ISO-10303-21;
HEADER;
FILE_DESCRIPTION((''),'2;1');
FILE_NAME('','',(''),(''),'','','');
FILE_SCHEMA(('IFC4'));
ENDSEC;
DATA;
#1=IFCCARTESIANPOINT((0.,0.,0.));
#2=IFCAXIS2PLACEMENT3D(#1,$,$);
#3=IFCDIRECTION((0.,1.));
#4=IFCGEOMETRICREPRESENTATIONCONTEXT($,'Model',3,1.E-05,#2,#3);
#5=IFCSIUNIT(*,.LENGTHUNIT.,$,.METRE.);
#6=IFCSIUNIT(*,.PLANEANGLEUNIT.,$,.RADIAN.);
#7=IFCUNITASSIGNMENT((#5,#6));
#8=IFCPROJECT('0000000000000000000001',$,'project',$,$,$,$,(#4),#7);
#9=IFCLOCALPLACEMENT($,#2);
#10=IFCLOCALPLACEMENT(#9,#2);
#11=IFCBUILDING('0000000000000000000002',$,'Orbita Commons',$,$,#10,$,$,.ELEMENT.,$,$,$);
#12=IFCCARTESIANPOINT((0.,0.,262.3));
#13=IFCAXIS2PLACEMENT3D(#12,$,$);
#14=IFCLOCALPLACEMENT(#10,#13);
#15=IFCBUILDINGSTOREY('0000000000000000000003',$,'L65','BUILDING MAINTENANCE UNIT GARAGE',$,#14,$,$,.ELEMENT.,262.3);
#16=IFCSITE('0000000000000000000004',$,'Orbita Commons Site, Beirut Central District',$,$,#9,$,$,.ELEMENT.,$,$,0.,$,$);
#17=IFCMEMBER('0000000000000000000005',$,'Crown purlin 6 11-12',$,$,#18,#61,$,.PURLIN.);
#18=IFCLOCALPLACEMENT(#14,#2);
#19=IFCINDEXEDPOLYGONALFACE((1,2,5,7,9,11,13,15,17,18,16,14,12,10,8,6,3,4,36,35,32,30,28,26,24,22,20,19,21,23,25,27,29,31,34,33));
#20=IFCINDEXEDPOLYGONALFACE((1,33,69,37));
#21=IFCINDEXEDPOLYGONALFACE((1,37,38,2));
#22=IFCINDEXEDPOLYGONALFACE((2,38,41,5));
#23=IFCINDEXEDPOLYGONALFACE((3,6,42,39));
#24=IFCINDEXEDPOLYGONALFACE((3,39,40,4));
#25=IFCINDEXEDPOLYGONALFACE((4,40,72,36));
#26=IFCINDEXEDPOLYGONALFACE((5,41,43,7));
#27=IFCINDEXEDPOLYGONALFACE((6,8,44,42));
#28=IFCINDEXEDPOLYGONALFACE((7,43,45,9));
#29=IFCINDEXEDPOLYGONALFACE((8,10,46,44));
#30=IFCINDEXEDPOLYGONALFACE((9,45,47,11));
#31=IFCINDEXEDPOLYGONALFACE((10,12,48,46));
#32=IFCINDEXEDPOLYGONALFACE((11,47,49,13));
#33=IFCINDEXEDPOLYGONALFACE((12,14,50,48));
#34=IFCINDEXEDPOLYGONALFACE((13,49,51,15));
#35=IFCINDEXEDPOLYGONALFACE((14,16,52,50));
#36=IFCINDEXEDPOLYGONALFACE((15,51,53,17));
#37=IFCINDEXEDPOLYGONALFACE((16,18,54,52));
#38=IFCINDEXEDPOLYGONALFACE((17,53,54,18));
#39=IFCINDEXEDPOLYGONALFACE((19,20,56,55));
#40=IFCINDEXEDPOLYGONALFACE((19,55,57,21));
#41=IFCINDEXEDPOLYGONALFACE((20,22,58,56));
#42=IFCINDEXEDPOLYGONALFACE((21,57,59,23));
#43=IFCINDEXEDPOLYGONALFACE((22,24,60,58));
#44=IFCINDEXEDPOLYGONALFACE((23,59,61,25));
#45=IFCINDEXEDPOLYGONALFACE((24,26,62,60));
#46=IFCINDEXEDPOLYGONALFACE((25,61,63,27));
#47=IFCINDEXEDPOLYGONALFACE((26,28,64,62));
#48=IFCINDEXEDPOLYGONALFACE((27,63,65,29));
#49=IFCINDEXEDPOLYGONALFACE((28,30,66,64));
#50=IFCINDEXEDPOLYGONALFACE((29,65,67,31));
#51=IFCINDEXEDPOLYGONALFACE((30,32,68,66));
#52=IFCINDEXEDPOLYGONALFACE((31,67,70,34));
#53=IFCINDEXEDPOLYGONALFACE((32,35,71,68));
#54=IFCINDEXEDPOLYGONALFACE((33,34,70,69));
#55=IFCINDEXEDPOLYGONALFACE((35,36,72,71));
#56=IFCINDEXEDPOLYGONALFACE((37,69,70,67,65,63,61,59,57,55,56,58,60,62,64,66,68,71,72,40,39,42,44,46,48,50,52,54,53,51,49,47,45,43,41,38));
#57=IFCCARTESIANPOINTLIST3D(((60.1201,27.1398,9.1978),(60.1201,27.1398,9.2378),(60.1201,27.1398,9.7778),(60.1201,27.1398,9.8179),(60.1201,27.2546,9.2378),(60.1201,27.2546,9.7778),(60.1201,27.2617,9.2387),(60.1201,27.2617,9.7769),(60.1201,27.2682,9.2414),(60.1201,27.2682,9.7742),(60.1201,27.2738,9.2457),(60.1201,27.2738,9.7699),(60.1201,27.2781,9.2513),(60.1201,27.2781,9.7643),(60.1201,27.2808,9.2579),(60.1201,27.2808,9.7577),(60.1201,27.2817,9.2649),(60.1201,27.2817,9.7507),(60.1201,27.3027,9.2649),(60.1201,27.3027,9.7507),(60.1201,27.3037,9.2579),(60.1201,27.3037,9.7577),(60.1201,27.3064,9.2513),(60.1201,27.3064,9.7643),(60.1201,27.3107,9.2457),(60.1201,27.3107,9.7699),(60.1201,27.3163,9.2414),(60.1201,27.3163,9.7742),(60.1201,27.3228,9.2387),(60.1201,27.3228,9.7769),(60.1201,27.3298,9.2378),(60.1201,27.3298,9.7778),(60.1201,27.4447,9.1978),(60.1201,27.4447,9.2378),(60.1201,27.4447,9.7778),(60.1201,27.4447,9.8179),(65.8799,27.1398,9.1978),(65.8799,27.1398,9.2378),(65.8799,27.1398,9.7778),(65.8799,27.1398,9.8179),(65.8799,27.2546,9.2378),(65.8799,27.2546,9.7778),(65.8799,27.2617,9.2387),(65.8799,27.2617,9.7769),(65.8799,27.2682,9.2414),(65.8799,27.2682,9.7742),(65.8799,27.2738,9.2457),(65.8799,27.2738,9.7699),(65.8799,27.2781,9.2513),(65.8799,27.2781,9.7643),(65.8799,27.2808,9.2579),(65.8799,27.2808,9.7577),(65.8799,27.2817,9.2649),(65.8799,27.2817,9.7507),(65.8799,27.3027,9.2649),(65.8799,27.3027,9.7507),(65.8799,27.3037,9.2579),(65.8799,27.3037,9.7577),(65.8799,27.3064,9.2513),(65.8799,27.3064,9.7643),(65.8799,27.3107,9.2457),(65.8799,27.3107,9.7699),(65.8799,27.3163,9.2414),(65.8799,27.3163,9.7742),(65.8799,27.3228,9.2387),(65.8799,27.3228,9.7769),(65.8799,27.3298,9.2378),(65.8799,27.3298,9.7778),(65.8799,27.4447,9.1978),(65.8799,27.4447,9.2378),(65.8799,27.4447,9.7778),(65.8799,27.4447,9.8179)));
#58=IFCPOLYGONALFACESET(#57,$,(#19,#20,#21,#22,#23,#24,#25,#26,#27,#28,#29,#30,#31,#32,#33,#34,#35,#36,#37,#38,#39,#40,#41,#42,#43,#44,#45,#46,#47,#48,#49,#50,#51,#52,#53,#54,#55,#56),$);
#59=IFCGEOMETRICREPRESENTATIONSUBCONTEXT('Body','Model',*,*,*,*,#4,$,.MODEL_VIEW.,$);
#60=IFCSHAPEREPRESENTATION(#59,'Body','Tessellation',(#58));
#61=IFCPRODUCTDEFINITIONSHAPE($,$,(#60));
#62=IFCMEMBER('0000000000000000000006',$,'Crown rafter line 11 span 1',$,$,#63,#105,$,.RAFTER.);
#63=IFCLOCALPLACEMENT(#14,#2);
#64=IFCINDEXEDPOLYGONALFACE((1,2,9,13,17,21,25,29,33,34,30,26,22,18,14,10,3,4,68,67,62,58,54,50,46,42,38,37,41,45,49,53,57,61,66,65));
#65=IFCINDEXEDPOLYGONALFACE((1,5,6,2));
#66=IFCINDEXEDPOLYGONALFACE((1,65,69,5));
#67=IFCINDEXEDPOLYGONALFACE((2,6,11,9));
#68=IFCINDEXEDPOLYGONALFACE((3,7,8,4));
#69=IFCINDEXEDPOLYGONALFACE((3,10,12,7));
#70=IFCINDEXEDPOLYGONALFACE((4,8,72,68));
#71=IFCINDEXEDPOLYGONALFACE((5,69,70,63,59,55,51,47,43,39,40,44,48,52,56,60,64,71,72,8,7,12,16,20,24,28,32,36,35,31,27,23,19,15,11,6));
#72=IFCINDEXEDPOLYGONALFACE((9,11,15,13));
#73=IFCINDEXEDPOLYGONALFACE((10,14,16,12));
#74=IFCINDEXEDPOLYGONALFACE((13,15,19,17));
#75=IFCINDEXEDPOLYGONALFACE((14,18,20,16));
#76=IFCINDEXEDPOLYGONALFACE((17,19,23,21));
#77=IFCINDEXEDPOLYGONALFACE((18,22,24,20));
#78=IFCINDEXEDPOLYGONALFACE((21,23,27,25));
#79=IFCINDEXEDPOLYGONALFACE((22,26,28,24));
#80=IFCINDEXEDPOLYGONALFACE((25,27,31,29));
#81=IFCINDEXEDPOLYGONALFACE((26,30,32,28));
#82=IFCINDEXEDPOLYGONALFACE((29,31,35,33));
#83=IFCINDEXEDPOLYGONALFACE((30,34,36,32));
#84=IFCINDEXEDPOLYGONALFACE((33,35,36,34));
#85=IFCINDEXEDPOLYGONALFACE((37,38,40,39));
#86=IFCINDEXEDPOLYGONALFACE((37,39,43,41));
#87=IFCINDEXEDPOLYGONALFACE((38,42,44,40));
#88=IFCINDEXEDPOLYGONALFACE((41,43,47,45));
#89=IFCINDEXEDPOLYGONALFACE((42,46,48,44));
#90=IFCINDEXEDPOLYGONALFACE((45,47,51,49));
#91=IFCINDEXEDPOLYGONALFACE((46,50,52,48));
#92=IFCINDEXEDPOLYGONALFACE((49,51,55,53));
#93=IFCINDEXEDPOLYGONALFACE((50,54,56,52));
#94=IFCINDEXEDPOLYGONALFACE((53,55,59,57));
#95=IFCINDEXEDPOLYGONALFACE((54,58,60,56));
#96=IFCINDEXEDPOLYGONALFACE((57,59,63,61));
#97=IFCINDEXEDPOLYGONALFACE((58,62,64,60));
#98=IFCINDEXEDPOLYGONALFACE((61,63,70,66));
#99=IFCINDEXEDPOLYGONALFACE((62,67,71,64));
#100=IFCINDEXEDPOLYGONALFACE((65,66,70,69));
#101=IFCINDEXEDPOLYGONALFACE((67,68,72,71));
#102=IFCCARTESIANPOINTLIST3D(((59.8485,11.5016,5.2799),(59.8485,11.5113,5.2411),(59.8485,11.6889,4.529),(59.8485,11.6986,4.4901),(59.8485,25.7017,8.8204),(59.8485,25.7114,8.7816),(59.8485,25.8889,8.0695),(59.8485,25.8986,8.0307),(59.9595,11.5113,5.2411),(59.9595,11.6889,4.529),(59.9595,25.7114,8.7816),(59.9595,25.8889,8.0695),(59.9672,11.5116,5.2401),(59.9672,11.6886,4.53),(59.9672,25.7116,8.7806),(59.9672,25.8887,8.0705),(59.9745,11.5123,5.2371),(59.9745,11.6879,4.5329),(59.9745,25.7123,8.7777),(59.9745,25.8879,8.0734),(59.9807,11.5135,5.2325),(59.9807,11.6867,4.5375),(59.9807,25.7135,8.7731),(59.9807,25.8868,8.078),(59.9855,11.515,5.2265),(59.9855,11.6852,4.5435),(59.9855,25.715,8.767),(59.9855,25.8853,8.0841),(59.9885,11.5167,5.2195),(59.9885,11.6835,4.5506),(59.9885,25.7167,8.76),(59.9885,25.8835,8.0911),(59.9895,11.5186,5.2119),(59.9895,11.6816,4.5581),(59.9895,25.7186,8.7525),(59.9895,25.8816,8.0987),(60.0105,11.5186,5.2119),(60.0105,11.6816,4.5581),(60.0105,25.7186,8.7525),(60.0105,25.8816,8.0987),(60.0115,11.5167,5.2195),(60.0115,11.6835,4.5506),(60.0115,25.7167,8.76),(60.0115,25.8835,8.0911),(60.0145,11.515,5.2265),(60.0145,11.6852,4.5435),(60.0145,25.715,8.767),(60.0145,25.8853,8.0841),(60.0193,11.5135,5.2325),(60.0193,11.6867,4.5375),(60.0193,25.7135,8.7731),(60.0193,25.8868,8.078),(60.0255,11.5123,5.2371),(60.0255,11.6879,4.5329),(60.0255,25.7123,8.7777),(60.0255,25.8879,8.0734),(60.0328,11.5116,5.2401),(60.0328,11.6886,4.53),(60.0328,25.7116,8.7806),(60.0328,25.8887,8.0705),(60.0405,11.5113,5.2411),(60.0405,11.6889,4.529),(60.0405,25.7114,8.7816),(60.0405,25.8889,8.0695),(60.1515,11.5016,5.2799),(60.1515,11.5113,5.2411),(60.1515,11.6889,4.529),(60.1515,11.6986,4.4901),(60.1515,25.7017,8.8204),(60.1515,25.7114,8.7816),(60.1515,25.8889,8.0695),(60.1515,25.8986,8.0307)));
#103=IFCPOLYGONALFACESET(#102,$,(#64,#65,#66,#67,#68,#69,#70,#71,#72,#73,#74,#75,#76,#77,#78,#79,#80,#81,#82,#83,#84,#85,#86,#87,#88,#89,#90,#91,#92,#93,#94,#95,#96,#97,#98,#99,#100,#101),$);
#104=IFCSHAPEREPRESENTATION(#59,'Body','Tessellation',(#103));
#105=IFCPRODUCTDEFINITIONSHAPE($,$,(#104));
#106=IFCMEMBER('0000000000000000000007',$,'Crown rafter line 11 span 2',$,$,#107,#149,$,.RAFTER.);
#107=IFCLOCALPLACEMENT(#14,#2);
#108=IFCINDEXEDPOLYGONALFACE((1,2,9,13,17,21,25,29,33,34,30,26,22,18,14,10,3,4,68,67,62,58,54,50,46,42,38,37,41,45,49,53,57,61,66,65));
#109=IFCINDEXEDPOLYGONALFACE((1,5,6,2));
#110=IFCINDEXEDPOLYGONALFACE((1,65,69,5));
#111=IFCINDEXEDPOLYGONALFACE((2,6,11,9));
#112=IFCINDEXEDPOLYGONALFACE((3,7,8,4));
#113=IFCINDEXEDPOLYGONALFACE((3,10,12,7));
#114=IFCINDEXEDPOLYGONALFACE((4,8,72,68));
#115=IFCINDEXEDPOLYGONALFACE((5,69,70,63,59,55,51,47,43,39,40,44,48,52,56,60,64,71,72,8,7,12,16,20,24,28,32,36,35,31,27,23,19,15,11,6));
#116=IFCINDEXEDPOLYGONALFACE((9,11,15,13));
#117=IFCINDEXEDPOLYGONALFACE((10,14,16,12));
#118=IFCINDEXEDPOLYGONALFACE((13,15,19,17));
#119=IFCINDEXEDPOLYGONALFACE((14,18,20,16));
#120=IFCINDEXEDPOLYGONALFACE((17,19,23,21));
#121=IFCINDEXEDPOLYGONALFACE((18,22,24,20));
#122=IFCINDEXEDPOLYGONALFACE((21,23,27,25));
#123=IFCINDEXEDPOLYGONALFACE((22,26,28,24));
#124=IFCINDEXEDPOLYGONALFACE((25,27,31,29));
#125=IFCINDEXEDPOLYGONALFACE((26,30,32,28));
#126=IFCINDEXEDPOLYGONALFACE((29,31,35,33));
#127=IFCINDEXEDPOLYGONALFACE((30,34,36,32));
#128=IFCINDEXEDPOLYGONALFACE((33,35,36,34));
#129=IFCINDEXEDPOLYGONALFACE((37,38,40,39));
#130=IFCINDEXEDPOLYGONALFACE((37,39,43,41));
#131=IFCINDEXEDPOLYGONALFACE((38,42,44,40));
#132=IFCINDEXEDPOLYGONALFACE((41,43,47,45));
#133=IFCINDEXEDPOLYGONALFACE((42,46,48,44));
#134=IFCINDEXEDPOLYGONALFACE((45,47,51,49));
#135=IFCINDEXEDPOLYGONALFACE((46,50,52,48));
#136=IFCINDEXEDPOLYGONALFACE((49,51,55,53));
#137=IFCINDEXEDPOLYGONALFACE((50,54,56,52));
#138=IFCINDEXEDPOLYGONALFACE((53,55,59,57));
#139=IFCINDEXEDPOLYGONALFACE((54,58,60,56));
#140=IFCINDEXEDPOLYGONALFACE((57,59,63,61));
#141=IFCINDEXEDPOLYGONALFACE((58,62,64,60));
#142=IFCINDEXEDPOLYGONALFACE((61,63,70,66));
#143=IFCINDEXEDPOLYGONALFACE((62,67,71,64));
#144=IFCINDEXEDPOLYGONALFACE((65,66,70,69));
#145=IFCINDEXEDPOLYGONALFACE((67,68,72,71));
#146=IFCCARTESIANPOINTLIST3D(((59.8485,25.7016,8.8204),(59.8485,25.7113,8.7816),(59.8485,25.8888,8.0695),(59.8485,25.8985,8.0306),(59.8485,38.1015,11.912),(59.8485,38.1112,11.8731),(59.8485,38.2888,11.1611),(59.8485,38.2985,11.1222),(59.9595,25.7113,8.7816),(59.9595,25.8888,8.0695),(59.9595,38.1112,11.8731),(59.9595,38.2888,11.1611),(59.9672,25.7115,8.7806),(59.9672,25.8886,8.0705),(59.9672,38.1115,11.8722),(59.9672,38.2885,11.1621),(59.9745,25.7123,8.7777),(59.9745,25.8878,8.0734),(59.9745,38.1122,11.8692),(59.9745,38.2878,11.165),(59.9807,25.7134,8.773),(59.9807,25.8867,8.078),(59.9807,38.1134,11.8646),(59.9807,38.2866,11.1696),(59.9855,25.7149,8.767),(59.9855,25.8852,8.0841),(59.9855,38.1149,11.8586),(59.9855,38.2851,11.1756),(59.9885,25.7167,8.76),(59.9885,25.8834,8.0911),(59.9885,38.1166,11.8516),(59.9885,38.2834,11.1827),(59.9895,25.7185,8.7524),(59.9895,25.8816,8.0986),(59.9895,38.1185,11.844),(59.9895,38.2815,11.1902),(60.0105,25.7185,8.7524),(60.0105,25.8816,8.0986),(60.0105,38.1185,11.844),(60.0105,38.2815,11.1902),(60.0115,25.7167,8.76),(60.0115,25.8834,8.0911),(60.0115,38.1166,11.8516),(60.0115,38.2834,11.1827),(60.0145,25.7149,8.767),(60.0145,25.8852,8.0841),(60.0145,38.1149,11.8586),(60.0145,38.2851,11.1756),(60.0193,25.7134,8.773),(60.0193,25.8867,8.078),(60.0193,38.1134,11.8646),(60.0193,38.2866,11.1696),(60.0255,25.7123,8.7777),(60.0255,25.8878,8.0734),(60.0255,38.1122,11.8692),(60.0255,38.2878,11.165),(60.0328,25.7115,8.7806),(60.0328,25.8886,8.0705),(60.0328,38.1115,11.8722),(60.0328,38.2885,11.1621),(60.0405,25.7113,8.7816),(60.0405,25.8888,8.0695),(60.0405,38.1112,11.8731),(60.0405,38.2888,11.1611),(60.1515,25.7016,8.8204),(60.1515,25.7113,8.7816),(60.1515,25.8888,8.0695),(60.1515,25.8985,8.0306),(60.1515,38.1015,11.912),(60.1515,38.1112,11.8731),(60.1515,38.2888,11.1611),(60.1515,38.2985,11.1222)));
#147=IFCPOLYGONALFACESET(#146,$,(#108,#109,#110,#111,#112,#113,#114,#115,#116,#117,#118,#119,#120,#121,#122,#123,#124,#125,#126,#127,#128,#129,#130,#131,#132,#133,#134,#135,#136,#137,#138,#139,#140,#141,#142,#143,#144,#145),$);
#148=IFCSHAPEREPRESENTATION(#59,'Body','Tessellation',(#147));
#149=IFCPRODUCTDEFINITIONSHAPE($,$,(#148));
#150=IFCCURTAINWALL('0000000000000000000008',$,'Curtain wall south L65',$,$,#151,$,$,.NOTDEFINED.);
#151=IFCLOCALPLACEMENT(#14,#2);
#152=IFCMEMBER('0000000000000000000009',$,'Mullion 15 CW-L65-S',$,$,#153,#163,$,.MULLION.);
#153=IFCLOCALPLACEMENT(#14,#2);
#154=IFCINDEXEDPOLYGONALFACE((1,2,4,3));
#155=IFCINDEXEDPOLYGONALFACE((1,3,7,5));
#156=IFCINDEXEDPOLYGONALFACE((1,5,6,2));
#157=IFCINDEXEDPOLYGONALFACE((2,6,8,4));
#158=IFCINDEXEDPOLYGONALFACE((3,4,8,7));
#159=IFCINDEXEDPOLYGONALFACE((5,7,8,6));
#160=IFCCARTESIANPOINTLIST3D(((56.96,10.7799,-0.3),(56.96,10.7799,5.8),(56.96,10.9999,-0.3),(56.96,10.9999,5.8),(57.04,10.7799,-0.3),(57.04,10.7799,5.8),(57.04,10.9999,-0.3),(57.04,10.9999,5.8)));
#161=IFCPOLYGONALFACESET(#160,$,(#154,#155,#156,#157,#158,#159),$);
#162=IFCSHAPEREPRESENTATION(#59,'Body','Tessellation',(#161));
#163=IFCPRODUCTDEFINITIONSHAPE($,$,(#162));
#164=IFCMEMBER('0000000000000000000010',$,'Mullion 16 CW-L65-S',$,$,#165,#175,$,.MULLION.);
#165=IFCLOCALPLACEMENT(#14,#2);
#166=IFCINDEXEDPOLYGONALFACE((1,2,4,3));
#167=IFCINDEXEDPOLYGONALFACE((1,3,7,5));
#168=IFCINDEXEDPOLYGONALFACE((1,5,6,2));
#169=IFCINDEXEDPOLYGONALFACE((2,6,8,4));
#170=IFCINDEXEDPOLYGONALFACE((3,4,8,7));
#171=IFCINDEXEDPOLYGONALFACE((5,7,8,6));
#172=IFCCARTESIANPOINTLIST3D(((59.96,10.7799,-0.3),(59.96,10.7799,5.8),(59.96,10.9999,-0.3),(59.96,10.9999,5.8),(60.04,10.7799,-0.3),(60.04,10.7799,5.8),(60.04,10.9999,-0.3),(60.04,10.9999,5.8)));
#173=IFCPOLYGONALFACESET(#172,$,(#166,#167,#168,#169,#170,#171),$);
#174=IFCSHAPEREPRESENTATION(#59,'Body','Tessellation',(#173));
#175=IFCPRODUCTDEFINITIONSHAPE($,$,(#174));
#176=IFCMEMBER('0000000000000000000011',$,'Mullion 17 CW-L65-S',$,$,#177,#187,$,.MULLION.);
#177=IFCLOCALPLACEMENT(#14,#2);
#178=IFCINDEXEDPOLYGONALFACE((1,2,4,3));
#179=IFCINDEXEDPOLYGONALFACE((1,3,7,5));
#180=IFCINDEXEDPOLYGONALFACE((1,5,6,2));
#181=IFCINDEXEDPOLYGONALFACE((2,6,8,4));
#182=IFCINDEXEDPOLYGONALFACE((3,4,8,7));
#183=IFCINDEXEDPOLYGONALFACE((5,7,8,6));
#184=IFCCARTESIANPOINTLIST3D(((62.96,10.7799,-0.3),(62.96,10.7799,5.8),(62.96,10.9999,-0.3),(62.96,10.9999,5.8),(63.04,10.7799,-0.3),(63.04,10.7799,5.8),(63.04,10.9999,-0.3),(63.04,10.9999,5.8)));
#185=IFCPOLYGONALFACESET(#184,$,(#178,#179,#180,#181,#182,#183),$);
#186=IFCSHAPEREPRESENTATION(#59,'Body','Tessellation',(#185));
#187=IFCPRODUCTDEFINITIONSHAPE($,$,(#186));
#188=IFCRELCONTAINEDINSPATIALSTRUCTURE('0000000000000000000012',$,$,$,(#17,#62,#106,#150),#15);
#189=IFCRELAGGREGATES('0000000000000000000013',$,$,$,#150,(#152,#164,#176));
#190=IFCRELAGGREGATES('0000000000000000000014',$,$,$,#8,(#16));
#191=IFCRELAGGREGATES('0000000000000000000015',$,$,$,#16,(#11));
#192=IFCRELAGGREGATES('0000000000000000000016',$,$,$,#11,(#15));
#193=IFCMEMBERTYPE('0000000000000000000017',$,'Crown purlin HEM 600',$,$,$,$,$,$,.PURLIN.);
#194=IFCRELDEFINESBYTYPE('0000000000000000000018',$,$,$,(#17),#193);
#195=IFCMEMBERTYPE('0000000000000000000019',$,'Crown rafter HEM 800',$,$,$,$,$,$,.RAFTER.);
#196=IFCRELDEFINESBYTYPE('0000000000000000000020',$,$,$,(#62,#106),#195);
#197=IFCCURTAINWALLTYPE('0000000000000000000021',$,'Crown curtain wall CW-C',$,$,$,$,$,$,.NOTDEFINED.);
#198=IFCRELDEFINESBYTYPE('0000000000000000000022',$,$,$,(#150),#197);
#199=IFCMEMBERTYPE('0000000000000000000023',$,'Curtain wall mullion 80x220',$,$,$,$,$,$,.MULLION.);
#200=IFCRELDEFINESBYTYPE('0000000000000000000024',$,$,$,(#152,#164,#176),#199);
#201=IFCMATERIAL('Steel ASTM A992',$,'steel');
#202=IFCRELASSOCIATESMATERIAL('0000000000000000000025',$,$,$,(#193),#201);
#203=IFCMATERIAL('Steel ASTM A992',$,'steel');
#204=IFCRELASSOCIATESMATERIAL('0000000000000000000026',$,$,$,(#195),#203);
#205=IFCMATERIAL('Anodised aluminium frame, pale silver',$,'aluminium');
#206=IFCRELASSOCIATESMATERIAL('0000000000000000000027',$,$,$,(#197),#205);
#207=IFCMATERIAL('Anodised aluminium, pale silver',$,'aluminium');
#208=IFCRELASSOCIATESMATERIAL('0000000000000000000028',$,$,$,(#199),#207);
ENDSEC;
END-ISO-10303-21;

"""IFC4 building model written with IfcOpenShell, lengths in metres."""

from ifc_helpers import new_model, si_unit, direction, frame, origin, origin_2d, place, context, subcontext, project, spatial, rectangle, i_section, extrude, material, material_profile, profile_set, type_object, element, aggregate, save


model = new_model("IFC4")

# Units and contexts
model_context = context("Model", 3, precision=1e-05, world=origin(), true_north=direction((0.0, 1.0)))
body_context = subcontext(model_context, "Body", "Model", "MODEL_VIEW")
ifc_project = project(units=[si_unit("LENGTHUNIT", "METRE"), si_unit("PLANEANGLEUNIT", "RADIAN")], contexts=[model_context])

# Site, building, storey
site_placement = place(None, origin())
site = spatial("IfcSite", under=ifc_project, at=site_placement, Name="Orbita Commons Site, Beirut Central District", CompositionType="ELEMENT", RefElevation=0.0)
building_placement = place(site_placement, origin())
building = spatial("IfcBuilding", under=site, at=building_placement, Name="Orbita Commons", CompositionType="ELEMENT")
storey_placement = place(building_placement, frame((0.0, 0.0, 262.3)))
storey = spatial("IfcBuildingStorey", under=building, at=storey_placement, Name="L65", Description="BUILDING MAINTENANCE UNIT GARAGE", CompositionType="ELEMENT", Elevation=262.3)

# Members
ifc_material_1 = material(Name="Steel ASTM A992", Category="steel")
ifc_material_profile_1 = material_profile(ifc_material_1, i_section(OverallWidth=0.3049, OverallDepth=0.6201, WebThickness=0.021, FlangeThickness=0.04, FilletRadius=0.0271, at=origin_2d()), Name="HEM 600")
ifc_profile_set_1 = profile_set([ifc_material_profile_1], Name="Steel ASTM A992")
member_type_1 = type_object("IfcMemberType", Name="Crown purlin HEM 600", PredefinedType="PURLIN", material=ifc_profile_set_1)
for number, where, z_axis, x_axis, name in (
    (1, (60.1201, 27.2922, 9.5078), (1.0, 0.0, 0.0), (0.0, 1.0, 0.0), "Crown purlin 6 11-12"),
):
    element("IfcMember", number, at=place(storey_placement, frame(where, z_axis=z_axis, x_axis=x_axis)), inside=storey, type_object=member_type_1, Name=name, PredefinedType="PURLIN", context=body_context, shape_type="SweptSolid", body=[
        extrude(i_section(OverallWidth=0.3049, OverallDepth=0.6201, WebThickness=0.021, FlangeThickness=0.04, FilletRadius=0.0271, at=origin_2d()), origin(), (0.0, 0.0, 1.0), 5.7598),
    ])
ifc_material_2 = material(Name="Steel ASTM A992", Category="steel")
ifc_material_profile_2 = material_profile(ifc_material_2, i_section(OverallWidth=0.303, OverallDepth=0.814, WebThickness=0.021, FlangeThickness=0.04, FilletRadius=0.03, at=origin_2d()), Name="HEM 800")
ifc_profile_set_2 = profile_set([ifc_material_profile_2], Name="Steel ASTM A992")
member_type_2 = type_object("IfcMemberType", Name="Crown rafter HEM 800", PredefinedType="RAFTER", material=ifc_profile_set_2)
member_1_placement = place(storey_placement, frame((60.0, 11.6001, 4.885), z_axis=(0.0, 0.970294, 0.241927), x_axis=(-1.0, 0.0, 0.0)))
element("IfcMember", 2, at=member_1_placement, inside=storey, type_object=member_type_2, Name="Crown rafter line 11 span 1", PredefinedType="RAFTER", context=body_context, shape_type="SweptSolid", body=[
    extrude(i_section(OverallWidth=0.303, OverallDepth=0.814, WebThickness=0.021, FlangeThickness=0.04, FilletRadius=0.03, at=origin_2d()), origin(), (0.0, 0.0, 1.0), 14.6348),
])
member_2_placement = place(storey_placement, frame((60.0, 25.8, 8.4255), z_axis=(0.0, 0.970297, 0.241915), x_axis=(-1.0, 0.0, 0.0)))
element("IfcMember", 3, at=member_2_placement, inside=storey, type_object=member_type_2, Name="Crown rafter line 11 span 2", PredefinedType="RAFTER", context=body_context, shape_type="SweptSolid", body=[
    extrude(i_section(OverallWidth=0.303, OverallDepth=0.814, WebThickness=0.021, FlangeThickness=0.04, FilletRadius=0.03, at=origin_2d()), origin(), (0.0, 0.0, 1.0), 12.7795),
])

# Curtain wall, members
ifc_material_3 = material(Name="Anodised aluminium frame, pale silver", Category="aluminium")
curtain_wall_type = type_object("IfcCurtainWallType", Name="Crown curtain wall CW-C", PredefinedType="NOTDEFINED", material=ifc_material_3)
curtain_wall_placement = place(storey_placement, origin())
curtain_wall = element("IfcCurtainWall", 4, at=curtain_wall_placement, inside=storey, type_object=curtain_wall_type, Name="Curtain wall south L65", PredefinedType="NOTDEFINED")
ifc_material_4 = material(Name="Anodised aluminium, pale silver", Category="aluminium")
ifc_material_profile_3 = material_profile(ifc_material_4, rectangle(XDim=0.0801, YDim=0.22, at=origin_2d()), Name="AL 80x220")
ifc_profile_set_3 = profile_set([ifc_material_profile_3], Name="Anodised aluminium, pale silver")
member_type_3 = type_object("IfcMemberType", Name="Curtain wall mullion 80x220", PredefinedType="MULLION", material=ifc_profile_set_3)
member_3_placement = place(storey_placement, frame((57.0, 10.8899, -0.3), z_axis=(0.0, 0.0, 1.0), x_axis=(1.0, 0.0, 0.0)))
member_3 = element("IfcMember", 5, at=member_3_placement, type_object=member_type_3, Name="Mullion 15 CW-L65-S", PredefinedType="MULLION", context=body_context, shape_type="SweptSolid", body=[
    extrude(rectangle(XDim=0.0801, YDim=0.22, at=origin_2d()), origin(), (0.0, 0.0, 1.0), 6.1001),
])
member_4_placement = place(storey_placement, frame((60.0, 10.8899, -0.3), z_axis=(0.0, 0.0, 1.0), x_axis=(1.0, 0.0, 0.0)))
member_4 = element("IfcMember", 6, at=member_4_placement, type_object=member_type_3, Name="Mullion 16 CW-L65-S", PredefinedType="MULLION", context=body_context, shape_type="SweptSolid", body=[
    extrude(rectangle(XDim=0.0801, YDim=0.22, at=origin_2d()), origin(), (0.0, 0.0, 1.0), 6.1001),
])
member_5_placement = place(storey_placement, frame((63.0, 10.8899, -0.3), z_axis=(0.0, 0.0, 1.0), x_axis=(1.0, 0.0, 0.0)))
member_5 = element("IfcMember", 7, at=member_5_placement, type_object=member_type_3, Name="Mullion 17 CW-L65-S", PredefinedType="MULLION", context=body_context, shape_type="SweptSolid", body=[
    extrude(rectangle(XDim=0.0801, YDim=0.22, at=origin_2d()), origin(), (0.0, 0.0, 1.0), 6.1001),
])
aggregate(curtain_wall, [member_3, member_4, member_5])

save(model, "model.ifc")
